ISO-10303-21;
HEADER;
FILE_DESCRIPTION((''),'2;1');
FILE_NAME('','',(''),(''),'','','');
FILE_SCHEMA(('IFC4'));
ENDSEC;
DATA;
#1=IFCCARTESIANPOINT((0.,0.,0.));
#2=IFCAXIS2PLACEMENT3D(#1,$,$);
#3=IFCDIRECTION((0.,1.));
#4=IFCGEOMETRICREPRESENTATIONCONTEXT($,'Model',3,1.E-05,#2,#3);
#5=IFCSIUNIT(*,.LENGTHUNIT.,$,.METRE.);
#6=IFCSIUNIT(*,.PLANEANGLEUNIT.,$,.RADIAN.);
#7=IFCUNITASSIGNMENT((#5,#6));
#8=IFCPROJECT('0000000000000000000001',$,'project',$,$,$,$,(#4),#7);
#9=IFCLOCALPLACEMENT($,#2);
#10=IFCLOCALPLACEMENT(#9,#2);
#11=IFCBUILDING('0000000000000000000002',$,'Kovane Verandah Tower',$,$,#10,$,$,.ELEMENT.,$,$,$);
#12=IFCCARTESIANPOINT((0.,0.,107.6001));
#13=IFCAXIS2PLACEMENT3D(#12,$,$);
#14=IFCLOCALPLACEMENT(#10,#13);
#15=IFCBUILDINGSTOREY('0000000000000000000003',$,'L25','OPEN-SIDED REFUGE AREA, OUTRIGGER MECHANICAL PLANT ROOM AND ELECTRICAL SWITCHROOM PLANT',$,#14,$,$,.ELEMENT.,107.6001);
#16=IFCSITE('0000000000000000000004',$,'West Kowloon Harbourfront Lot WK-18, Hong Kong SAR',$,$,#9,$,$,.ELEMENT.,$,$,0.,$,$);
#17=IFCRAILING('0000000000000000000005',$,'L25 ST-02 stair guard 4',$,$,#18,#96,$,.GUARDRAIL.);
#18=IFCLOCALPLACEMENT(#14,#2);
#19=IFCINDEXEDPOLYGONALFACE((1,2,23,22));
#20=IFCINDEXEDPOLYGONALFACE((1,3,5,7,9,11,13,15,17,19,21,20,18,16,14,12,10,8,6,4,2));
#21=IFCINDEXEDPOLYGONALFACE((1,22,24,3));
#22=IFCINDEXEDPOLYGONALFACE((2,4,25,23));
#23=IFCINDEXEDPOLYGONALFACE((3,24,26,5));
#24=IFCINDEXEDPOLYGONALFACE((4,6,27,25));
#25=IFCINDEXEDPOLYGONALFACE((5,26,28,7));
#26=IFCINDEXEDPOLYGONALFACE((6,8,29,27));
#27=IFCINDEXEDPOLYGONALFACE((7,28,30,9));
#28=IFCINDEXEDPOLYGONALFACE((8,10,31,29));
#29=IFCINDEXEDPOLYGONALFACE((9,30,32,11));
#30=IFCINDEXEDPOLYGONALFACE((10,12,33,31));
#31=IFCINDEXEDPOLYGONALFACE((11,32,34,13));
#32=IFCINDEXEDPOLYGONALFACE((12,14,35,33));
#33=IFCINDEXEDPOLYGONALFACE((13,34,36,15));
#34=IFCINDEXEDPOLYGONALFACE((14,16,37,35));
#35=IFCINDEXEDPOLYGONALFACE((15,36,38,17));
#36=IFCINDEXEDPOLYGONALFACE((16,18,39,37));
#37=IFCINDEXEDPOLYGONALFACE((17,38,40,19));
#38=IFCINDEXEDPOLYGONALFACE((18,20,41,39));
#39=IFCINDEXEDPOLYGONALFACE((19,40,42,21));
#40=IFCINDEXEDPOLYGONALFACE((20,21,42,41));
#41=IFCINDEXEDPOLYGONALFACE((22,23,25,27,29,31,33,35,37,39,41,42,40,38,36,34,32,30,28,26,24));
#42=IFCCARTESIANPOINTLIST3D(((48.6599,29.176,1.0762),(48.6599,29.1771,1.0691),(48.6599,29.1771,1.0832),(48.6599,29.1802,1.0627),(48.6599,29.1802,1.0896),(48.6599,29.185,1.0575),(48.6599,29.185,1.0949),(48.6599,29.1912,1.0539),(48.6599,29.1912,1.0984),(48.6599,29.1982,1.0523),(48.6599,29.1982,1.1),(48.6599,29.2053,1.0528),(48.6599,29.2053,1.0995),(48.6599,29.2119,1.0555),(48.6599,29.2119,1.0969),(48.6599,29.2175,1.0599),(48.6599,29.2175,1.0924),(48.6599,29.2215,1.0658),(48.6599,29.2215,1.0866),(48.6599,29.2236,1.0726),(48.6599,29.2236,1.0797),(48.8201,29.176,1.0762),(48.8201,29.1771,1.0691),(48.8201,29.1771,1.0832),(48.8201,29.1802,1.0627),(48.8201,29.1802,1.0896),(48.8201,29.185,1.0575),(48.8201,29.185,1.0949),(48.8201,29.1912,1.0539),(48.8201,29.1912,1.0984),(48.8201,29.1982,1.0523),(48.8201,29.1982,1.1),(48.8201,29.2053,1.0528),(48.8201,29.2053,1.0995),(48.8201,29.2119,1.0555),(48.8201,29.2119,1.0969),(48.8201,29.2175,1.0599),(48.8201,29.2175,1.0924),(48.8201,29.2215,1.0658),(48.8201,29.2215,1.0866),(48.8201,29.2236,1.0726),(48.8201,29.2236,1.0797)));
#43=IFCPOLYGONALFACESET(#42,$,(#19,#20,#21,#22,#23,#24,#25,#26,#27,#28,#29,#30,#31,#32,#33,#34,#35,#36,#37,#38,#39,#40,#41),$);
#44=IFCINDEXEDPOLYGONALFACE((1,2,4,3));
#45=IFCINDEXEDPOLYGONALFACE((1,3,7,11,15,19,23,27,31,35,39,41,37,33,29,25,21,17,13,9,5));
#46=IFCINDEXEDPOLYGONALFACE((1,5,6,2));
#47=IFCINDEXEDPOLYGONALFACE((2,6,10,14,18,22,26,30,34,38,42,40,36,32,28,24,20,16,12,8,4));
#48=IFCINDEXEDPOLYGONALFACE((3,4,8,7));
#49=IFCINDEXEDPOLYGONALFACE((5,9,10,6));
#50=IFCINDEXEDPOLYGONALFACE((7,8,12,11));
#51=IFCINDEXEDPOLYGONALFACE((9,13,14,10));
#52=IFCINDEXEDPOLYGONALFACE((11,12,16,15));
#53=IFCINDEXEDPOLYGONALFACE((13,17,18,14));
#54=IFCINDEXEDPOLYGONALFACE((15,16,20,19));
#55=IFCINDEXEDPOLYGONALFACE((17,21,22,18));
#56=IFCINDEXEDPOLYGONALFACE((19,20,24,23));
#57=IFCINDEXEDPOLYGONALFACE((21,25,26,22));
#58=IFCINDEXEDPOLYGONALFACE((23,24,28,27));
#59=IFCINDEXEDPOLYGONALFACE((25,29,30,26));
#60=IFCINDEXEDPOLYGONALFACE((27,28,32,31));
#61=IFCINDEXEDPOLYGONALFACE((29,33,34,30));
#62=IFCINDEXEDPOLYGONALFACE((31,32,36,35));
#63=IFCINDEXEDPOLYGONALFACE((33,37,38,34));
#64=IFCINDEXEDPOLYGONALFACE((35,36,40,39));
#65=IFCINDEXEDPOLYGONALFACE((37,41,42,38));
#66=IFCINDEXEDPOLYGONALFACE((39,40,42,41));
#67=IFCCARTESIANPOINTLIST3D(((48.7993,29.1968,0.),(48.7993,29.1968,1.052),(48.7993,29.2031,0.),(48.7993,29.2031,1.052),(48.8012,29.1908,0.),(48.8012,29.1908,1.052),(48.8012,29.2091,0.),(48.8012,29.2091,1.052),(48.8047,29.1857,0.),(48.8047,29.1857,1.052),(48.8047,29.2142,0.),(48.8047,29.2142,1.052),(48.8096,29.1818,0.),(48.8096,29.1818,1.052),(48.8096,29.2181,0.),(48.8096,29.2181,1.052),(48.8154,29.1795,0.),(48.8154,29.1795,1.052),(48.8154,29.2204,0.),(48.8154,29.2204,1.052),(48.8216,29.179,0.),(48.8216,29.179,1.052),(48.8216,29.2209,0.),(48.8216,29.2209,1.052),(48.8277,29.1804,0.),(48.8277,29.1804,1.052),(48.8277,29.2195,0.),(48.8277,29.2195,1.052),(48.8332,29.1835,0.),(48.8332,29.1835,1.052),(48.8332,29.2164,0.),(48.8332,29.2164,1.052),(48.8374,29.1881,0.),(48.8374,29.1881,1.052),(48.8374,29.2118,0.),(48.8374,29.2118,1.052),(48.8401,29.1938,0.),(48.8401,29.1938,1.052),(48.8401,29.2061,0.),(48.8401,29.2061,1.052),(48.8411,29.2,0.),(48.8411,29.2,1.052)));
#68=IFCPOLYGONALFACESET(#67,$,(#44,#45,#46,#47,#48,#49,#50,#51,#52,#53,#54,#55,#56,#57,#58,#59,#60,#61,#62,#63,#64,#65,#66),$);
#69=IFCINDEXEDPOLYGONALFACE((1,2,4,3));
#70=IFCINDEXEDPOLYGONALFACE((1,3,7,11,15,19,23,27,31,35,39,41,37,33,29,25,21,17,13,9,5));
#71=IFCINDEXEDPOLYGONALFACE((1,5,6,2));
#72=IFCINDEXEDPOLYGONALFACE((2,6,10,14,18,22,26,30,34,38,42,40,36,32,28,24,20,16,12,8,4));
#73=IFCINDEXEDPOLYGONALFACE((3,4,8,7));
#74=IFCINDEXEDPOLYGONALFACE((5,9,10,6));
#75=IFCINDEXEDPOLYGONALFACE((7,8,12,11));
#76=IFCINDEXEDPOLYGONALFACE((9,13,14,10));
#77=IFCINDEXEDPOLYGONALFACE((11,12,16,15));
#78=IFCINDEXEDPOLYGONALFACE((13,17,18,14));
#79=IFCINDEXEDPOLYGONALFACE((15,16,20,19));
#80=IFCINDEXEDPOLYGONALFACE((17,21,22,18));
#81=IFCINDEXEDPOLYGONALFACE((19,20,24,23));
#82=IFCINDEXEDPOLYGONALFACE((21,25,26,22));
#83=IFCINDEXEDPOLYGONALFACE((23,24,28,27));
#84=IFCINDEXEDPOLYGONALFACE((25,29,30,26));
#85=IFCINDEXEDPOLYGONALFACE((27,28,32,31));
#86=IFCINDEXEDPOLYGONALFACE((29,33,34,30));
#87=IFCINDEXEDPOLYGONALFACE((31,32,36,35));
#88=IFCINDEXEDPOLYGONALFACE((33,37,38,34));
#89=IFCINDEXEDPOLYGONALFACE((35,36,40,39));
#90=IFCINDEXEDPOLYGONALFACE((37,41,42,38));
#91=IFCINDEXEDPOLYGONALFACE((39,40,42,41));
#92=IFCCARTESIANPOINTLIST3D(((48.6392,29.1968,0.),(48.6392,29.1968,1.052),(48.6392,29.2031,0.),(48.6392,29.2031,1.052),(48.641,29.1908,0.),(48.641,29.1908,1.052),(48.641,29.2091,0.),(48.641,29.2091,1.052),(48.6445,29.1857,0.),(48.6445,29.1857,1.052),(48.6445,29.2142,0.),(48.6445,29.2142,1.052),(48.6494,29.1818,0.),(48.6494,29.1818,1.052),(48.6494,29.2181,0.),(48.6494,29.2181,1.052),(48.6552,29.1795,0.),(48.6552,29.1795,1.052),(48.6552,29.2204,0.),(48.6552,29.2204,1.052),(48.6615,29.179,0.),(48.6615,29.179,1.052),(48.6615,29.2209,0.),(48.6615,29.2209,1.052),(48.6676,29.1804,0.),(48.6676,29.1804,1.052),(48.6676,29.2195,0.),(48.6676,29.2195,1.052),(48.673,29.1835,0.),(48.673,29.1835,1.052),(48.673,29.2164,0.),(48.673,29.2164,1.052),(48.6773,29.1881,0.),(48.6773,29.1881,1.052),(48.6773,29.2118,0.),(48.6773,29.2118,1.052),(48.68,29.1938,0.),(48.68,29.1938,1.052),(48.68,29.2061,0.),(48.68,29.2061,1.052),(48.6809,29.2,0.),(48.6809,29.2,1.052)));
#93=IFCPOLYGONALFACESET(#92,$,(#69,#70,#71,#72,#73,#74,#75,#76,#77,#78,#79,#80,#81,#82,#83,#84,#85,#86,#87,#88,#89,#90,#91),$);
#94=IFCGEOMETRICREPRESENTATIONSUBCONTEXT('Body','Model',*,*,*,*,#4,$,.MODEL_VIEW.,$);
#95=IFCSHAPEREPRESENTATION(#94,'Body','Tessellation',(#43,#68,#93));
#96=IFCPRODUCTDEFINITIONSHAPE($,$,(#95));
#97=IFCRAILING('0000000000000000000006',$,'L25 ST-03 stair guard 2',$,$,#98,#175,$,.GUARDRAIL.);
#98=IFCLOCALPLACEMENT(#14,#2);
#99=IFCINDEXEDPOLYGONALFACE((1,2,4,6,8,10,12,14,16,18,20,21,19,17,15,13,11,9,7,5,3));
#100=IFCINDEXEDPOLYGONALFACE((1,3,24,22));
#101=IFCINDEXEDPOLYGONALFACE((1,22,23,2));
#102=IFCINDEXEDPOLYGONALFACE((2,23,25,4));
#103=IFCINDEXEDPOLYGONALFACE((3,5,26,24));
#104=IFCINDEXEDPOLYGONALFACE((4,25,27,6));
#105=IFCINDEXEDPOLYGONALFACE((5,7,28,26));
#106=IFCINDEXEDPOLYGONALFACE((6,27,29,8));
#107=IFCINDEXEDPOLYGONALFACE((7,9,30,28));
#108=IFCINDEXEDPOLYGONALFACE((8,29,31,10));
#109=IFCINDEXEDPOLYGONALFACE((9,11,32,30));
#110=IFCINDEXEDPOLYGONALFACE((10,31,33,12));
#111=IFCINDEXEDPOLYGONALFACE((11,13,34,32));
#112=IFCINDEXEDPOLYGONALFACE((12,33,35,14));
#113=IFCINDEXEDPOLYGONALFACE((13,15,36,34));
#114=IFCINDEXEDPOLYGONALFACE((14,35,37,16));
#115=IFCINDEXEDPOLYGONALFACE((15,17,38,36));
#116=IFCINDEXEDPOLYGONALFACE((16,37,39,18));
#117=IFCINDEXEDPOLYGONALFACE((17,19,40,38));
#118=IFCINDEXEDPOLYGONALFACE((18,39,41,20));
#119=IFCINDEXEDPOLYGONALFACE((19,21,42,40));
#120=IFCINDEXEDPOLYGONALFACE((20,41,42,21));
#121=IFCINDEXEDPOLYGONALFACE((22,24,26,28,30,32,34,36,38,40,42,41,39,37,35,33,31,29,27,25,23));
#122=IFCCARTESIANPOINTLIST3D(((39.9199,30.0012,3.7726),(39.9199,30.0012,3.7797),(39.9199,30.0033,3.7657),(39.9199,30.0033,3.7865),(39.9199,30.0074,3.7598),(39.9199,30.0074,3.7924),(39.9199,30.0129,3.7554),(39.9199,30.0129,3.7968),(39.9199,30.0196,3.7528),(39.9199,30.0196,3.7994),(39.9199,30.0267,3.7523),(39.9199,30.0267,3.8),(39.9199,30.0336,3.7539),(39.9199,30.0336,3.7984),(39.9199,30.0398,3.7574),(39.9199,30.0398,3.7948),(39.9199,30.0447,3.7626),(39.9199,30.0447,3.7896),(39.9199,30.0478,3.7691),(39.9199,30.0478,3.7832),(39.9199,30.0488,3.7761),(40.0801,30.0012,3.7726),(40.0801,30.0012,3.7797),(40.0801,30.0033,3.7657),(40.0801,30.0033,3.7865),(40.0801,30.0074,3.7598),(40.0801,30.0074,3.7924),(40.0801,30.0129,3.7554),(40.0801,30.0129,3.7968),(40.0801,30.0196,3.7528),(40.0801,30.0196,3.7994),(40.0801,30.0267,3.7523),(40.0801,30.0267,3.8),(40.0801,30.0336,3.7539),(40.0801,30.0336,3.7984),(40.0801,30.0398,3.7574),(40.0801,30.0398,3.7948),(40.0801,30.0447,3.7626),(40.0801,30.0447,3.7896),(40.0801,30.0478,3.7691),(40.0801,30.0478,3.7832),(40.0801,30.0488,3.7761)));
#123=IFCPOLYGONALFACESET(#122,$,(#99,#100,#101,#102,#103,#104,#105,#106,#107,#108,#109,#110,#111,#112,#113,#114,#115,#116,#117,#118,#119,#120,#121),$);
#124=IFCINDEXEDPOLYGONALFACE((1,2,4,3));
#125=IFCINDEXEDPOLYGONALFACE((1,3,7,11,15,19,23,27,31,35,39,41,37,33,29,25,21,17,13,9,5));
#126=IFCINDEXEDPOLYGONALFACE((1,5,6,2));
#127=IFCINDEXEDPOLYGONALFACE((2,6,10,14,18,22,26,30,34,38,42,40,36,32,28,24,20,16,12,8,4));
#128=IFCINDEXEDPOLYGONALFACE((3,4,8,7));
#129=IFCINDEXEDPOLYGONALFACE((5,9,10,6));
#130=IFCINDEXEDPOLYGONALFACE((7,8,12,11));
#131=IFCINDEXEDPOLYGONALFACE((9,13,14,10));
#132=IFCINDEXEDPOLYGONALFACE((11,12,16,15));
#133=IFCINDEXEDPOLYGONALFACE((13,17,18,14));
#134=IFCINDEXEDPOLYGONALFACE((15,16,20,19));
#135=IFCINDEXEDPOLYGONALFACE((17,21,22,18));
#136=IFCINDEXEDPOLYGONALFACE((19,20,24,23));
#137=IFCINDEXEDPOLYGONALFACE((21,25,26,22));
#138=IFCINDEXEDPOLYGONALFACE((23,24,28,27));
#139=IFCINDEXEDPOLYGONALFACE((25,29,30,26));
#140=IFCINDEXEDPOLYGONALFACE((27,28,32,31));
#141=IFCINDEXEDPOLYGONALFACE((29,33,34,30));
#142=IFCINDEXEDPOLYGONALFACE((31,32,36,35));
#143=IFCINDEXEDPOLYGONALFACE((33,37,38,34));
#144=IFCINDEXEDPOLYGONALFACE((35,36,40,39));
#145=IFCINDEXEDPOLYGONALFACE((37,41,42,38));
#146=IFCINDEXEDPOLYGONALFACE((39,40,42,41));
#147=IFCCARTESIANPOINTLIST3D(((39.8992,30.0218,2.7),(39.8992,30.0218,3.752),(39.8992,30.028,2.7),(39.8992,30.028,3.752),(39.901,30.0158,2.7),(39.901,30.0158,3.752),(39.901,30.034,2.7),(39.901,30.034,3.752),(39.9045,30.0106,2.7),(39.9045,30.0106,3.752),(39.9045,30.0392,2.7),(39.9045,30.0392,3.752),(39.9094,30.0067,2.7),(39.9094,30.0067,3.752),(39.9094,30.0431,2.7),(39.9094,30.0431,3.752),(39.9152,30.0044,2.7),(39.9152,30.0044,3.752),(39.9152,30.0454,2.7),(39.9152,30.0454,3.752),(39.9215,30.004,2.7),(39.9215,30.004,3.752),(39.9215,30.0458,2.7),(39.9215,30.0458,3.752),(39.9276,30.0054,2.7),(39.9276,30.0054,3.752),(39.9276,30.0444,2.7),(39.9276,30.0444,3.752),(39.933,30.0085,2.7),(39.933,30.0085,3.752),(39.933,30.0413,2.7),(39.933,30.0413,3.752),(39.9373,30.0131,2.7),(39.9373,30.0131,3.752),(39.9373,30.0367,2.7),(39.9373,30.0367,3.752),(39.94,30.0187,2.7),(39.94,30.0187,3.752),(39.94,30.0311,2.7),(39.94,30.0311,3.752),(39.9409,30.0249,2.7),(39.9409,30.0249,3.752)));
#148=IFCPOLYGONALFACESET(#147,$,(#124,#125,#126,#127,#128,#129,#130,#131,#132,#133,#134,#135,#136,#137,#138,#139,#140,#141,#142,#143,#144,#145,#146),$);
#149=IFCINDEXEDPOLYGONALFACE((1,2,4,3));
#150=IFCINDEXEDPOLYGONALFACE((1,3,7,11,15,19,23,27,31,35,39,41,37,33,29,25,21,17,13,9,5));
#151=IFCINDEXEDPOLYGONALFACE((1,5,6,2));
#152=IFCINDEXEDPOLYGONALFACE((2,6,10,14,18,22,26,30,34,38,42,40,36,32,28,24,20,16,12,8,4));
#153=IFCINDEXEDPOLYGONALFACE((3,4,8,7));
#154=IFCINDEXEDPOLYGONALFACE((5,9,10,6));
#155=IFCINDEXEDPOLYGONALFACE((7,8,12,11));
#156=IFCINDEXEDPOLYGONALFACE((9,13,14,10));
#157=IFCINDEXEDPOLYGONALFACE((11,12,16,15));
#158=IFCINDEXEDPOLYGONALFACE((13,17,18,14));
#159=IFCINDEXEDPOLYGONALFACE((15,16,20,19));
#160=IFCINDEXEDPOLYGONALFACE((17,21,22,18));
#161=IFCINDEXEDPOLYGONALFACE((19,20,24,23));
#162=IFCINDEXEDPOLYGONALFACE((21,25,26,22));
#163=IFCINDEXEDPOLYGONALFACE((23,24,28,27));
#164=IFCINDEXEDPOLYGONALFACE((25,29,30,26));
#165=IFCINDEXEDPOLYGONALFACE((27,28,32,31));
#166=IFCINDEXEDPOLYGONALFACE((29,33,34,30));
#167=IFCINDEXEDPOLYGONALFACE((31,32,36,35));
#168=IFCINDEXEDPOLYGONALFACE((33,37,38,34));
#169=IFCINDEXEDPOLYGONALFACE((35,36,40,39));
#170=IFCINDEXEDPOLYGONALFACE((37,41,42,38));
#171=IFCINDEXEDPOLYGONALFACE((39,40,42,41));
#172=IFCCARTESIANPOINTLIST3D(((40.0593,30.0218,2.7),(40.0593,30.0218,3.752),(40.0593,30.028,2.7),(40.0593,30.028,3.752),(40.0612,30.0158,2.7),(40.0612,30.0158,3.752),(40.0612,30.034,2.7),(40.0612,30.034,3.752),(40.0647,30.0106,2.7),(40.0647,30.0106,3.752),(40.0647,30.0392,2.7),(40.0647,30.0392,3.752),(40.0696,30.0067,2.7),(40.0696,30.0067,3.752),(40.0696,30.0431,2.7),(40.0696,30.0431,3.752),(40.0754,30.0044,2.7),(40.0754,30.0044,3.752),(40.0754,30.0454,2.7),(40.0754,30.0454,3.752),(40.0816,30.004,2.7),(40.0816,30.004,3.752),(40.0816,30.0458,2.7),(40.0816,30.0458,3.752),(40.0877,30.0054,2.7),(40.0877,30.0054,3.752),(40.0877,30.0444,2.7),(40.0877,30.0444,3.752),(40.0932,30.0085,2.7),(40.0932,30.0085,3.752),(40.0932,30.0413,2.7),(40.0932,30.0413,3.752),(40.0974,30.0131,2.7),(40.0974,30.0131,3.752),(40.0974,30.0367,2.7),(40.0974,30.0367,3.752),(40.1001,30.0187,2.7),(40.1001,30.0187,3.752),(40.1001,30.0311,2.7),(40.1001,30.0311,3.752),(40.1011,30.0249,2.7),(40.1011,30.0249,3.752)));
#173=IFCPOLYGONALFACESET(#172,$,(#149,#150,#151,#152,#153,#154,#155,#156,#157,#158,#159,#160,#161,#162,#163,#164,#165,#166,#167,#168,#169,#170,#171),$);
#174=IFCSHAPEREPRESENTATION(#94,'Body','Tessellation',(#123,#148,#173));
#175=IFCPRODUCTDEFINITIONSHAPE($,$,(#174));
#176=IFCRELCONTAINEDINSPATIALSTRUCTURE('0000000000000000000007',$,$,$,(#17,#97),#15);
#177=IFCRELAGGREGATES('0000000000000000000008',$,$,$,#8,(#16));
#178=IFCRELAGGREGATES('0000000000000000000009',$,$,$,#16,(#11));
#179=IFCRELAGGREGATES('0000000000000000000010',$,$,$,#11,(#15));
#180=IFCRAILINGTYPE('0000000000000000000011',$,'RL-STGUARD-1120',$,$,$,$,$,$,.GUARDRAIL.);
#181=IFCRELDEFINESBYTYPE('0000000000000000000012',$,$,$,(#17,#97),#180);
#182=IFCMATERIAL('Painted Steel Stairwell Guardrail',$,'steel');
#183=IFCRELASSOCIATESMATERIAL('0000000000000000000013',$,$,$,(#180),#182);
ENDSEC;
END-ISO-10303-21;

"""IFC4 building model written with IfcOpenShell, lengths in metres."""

from ifc_helpers import new_model, si_unit, direction, frame, origin, origin_2d, place, context, subcontext, project, spatial, circle, extrude, material, type_object, element, save


model = new_model("IFC4")

# Units and contexts
model_context = context("Model", 3, precision=1e-05, world=origin(), true_north=direction((0.0, 1.0)))
body_context = subcontext(model_context, "Body", "Model", "MODEL_VIEW")
ifc_project = project(units=[si_unit("LENGTHUNIT", "METRE"), si_unit("PLANEANGLEUNIT", "RADIAN")], contexts=[model_context])

# Site, building, storey
site_placement = place(None, origin())
site = spatial("IfcSite", under=ifc_project, at=site_placement, Name="West Kowloon Harbourfront Lot WK-18, Hong Kong SAR", CompositionType="ELEMENT", RefElevation=0.0)
building_placement = place(site_placement, origin())
building = spatial("IfcBuilding", under=site, at=building_placement, Name="Kovane Verandah Tower", CompositionType="ELEMENT")
storey_placement = place(building_placement, frame((0.0, 0.0, 107.6001)))
storey = spatial("IfcBuildingStorey", under=building, at=storey_placement, Name="L25", Description="OPEN-SIDED REFUGE AREA, OUTRIGGER MECHANICAL PLANT ROOM AND ELECTRICAL SWITCHROOM PLANT", CompositionType="ELEMENT", Elevation=107.6001)

# Railings
ifc_material_1 = material(Name="Painted Steel Stairwell Guardrail", Category="steel")
railing_type_1 = type_object("IfcRailingType", Name="RL-STGUARD-1120", PredefinedType="GUARDRAIL", material=ifc_material_1)
railing_1_placement = place(storey_placement, frame((48.8201, 29.2, 0.0)))
element("IfcRailing", 1, at=railing_1_placement, inside=storey, type_object=railing_type_1, Name="L25 ST-02 stair guard 4", PredefinedType="GUARDRAIL", context=body_context, shape_type="SweptSolid", body=[
    extrude(circle(Radius=0.0239, at=origin_2d()), frame((0.0, 0.0, 1.0762), z_axis=(-1.0, 0.0, 0.0), x_axis=(0.0, -1.0, 0.0)), (0.0, 0.0, 1.0), 0.1602),
    extrude(circle(Radius=0.021, at=origin_2d()), origin(), (0.0, 0.0, 1.0), 1.052),
    extrude(circle(Radius=0.021, at=origin_2d()), frame((-0.1602, 0.0, 0.0)), (0.0, 0.0, 1.0), 1.052),
])
railing_2_placement = place(storey_placement, frame((39.9199, 30.0249, 2.7)))
element("IfcRailing", 2, at=railing_2_placement, inside=storey, type_object=railing_type_1, Name="L25 ST-03 stair guard 2", PredefinedType="GUARDRAIL", context=body_context, shape_type="SweptSolid", body=[
    extrude(circle(Radius=0.0239, at=origin_2d()), frame((0.0, 0.0, 1.0762), z_axis=(1.0, 0.0, 0.0), x_axis=(0.0, 1.0, 0.0)), (0.0, 0.0, 1.0), 0.1602),
    extrude(circle(Radius=0.021, at=origin_2d()), origin(), (0.0, 0.0, 1.0), 1.052),
    extrude(circle(Radius=0.021, at=origin_2d()), frame((0.1602, 0.0, 0.0)), (0.0, 0.0, 1.0), 1.052),
])

save(model, "model.ifc")
